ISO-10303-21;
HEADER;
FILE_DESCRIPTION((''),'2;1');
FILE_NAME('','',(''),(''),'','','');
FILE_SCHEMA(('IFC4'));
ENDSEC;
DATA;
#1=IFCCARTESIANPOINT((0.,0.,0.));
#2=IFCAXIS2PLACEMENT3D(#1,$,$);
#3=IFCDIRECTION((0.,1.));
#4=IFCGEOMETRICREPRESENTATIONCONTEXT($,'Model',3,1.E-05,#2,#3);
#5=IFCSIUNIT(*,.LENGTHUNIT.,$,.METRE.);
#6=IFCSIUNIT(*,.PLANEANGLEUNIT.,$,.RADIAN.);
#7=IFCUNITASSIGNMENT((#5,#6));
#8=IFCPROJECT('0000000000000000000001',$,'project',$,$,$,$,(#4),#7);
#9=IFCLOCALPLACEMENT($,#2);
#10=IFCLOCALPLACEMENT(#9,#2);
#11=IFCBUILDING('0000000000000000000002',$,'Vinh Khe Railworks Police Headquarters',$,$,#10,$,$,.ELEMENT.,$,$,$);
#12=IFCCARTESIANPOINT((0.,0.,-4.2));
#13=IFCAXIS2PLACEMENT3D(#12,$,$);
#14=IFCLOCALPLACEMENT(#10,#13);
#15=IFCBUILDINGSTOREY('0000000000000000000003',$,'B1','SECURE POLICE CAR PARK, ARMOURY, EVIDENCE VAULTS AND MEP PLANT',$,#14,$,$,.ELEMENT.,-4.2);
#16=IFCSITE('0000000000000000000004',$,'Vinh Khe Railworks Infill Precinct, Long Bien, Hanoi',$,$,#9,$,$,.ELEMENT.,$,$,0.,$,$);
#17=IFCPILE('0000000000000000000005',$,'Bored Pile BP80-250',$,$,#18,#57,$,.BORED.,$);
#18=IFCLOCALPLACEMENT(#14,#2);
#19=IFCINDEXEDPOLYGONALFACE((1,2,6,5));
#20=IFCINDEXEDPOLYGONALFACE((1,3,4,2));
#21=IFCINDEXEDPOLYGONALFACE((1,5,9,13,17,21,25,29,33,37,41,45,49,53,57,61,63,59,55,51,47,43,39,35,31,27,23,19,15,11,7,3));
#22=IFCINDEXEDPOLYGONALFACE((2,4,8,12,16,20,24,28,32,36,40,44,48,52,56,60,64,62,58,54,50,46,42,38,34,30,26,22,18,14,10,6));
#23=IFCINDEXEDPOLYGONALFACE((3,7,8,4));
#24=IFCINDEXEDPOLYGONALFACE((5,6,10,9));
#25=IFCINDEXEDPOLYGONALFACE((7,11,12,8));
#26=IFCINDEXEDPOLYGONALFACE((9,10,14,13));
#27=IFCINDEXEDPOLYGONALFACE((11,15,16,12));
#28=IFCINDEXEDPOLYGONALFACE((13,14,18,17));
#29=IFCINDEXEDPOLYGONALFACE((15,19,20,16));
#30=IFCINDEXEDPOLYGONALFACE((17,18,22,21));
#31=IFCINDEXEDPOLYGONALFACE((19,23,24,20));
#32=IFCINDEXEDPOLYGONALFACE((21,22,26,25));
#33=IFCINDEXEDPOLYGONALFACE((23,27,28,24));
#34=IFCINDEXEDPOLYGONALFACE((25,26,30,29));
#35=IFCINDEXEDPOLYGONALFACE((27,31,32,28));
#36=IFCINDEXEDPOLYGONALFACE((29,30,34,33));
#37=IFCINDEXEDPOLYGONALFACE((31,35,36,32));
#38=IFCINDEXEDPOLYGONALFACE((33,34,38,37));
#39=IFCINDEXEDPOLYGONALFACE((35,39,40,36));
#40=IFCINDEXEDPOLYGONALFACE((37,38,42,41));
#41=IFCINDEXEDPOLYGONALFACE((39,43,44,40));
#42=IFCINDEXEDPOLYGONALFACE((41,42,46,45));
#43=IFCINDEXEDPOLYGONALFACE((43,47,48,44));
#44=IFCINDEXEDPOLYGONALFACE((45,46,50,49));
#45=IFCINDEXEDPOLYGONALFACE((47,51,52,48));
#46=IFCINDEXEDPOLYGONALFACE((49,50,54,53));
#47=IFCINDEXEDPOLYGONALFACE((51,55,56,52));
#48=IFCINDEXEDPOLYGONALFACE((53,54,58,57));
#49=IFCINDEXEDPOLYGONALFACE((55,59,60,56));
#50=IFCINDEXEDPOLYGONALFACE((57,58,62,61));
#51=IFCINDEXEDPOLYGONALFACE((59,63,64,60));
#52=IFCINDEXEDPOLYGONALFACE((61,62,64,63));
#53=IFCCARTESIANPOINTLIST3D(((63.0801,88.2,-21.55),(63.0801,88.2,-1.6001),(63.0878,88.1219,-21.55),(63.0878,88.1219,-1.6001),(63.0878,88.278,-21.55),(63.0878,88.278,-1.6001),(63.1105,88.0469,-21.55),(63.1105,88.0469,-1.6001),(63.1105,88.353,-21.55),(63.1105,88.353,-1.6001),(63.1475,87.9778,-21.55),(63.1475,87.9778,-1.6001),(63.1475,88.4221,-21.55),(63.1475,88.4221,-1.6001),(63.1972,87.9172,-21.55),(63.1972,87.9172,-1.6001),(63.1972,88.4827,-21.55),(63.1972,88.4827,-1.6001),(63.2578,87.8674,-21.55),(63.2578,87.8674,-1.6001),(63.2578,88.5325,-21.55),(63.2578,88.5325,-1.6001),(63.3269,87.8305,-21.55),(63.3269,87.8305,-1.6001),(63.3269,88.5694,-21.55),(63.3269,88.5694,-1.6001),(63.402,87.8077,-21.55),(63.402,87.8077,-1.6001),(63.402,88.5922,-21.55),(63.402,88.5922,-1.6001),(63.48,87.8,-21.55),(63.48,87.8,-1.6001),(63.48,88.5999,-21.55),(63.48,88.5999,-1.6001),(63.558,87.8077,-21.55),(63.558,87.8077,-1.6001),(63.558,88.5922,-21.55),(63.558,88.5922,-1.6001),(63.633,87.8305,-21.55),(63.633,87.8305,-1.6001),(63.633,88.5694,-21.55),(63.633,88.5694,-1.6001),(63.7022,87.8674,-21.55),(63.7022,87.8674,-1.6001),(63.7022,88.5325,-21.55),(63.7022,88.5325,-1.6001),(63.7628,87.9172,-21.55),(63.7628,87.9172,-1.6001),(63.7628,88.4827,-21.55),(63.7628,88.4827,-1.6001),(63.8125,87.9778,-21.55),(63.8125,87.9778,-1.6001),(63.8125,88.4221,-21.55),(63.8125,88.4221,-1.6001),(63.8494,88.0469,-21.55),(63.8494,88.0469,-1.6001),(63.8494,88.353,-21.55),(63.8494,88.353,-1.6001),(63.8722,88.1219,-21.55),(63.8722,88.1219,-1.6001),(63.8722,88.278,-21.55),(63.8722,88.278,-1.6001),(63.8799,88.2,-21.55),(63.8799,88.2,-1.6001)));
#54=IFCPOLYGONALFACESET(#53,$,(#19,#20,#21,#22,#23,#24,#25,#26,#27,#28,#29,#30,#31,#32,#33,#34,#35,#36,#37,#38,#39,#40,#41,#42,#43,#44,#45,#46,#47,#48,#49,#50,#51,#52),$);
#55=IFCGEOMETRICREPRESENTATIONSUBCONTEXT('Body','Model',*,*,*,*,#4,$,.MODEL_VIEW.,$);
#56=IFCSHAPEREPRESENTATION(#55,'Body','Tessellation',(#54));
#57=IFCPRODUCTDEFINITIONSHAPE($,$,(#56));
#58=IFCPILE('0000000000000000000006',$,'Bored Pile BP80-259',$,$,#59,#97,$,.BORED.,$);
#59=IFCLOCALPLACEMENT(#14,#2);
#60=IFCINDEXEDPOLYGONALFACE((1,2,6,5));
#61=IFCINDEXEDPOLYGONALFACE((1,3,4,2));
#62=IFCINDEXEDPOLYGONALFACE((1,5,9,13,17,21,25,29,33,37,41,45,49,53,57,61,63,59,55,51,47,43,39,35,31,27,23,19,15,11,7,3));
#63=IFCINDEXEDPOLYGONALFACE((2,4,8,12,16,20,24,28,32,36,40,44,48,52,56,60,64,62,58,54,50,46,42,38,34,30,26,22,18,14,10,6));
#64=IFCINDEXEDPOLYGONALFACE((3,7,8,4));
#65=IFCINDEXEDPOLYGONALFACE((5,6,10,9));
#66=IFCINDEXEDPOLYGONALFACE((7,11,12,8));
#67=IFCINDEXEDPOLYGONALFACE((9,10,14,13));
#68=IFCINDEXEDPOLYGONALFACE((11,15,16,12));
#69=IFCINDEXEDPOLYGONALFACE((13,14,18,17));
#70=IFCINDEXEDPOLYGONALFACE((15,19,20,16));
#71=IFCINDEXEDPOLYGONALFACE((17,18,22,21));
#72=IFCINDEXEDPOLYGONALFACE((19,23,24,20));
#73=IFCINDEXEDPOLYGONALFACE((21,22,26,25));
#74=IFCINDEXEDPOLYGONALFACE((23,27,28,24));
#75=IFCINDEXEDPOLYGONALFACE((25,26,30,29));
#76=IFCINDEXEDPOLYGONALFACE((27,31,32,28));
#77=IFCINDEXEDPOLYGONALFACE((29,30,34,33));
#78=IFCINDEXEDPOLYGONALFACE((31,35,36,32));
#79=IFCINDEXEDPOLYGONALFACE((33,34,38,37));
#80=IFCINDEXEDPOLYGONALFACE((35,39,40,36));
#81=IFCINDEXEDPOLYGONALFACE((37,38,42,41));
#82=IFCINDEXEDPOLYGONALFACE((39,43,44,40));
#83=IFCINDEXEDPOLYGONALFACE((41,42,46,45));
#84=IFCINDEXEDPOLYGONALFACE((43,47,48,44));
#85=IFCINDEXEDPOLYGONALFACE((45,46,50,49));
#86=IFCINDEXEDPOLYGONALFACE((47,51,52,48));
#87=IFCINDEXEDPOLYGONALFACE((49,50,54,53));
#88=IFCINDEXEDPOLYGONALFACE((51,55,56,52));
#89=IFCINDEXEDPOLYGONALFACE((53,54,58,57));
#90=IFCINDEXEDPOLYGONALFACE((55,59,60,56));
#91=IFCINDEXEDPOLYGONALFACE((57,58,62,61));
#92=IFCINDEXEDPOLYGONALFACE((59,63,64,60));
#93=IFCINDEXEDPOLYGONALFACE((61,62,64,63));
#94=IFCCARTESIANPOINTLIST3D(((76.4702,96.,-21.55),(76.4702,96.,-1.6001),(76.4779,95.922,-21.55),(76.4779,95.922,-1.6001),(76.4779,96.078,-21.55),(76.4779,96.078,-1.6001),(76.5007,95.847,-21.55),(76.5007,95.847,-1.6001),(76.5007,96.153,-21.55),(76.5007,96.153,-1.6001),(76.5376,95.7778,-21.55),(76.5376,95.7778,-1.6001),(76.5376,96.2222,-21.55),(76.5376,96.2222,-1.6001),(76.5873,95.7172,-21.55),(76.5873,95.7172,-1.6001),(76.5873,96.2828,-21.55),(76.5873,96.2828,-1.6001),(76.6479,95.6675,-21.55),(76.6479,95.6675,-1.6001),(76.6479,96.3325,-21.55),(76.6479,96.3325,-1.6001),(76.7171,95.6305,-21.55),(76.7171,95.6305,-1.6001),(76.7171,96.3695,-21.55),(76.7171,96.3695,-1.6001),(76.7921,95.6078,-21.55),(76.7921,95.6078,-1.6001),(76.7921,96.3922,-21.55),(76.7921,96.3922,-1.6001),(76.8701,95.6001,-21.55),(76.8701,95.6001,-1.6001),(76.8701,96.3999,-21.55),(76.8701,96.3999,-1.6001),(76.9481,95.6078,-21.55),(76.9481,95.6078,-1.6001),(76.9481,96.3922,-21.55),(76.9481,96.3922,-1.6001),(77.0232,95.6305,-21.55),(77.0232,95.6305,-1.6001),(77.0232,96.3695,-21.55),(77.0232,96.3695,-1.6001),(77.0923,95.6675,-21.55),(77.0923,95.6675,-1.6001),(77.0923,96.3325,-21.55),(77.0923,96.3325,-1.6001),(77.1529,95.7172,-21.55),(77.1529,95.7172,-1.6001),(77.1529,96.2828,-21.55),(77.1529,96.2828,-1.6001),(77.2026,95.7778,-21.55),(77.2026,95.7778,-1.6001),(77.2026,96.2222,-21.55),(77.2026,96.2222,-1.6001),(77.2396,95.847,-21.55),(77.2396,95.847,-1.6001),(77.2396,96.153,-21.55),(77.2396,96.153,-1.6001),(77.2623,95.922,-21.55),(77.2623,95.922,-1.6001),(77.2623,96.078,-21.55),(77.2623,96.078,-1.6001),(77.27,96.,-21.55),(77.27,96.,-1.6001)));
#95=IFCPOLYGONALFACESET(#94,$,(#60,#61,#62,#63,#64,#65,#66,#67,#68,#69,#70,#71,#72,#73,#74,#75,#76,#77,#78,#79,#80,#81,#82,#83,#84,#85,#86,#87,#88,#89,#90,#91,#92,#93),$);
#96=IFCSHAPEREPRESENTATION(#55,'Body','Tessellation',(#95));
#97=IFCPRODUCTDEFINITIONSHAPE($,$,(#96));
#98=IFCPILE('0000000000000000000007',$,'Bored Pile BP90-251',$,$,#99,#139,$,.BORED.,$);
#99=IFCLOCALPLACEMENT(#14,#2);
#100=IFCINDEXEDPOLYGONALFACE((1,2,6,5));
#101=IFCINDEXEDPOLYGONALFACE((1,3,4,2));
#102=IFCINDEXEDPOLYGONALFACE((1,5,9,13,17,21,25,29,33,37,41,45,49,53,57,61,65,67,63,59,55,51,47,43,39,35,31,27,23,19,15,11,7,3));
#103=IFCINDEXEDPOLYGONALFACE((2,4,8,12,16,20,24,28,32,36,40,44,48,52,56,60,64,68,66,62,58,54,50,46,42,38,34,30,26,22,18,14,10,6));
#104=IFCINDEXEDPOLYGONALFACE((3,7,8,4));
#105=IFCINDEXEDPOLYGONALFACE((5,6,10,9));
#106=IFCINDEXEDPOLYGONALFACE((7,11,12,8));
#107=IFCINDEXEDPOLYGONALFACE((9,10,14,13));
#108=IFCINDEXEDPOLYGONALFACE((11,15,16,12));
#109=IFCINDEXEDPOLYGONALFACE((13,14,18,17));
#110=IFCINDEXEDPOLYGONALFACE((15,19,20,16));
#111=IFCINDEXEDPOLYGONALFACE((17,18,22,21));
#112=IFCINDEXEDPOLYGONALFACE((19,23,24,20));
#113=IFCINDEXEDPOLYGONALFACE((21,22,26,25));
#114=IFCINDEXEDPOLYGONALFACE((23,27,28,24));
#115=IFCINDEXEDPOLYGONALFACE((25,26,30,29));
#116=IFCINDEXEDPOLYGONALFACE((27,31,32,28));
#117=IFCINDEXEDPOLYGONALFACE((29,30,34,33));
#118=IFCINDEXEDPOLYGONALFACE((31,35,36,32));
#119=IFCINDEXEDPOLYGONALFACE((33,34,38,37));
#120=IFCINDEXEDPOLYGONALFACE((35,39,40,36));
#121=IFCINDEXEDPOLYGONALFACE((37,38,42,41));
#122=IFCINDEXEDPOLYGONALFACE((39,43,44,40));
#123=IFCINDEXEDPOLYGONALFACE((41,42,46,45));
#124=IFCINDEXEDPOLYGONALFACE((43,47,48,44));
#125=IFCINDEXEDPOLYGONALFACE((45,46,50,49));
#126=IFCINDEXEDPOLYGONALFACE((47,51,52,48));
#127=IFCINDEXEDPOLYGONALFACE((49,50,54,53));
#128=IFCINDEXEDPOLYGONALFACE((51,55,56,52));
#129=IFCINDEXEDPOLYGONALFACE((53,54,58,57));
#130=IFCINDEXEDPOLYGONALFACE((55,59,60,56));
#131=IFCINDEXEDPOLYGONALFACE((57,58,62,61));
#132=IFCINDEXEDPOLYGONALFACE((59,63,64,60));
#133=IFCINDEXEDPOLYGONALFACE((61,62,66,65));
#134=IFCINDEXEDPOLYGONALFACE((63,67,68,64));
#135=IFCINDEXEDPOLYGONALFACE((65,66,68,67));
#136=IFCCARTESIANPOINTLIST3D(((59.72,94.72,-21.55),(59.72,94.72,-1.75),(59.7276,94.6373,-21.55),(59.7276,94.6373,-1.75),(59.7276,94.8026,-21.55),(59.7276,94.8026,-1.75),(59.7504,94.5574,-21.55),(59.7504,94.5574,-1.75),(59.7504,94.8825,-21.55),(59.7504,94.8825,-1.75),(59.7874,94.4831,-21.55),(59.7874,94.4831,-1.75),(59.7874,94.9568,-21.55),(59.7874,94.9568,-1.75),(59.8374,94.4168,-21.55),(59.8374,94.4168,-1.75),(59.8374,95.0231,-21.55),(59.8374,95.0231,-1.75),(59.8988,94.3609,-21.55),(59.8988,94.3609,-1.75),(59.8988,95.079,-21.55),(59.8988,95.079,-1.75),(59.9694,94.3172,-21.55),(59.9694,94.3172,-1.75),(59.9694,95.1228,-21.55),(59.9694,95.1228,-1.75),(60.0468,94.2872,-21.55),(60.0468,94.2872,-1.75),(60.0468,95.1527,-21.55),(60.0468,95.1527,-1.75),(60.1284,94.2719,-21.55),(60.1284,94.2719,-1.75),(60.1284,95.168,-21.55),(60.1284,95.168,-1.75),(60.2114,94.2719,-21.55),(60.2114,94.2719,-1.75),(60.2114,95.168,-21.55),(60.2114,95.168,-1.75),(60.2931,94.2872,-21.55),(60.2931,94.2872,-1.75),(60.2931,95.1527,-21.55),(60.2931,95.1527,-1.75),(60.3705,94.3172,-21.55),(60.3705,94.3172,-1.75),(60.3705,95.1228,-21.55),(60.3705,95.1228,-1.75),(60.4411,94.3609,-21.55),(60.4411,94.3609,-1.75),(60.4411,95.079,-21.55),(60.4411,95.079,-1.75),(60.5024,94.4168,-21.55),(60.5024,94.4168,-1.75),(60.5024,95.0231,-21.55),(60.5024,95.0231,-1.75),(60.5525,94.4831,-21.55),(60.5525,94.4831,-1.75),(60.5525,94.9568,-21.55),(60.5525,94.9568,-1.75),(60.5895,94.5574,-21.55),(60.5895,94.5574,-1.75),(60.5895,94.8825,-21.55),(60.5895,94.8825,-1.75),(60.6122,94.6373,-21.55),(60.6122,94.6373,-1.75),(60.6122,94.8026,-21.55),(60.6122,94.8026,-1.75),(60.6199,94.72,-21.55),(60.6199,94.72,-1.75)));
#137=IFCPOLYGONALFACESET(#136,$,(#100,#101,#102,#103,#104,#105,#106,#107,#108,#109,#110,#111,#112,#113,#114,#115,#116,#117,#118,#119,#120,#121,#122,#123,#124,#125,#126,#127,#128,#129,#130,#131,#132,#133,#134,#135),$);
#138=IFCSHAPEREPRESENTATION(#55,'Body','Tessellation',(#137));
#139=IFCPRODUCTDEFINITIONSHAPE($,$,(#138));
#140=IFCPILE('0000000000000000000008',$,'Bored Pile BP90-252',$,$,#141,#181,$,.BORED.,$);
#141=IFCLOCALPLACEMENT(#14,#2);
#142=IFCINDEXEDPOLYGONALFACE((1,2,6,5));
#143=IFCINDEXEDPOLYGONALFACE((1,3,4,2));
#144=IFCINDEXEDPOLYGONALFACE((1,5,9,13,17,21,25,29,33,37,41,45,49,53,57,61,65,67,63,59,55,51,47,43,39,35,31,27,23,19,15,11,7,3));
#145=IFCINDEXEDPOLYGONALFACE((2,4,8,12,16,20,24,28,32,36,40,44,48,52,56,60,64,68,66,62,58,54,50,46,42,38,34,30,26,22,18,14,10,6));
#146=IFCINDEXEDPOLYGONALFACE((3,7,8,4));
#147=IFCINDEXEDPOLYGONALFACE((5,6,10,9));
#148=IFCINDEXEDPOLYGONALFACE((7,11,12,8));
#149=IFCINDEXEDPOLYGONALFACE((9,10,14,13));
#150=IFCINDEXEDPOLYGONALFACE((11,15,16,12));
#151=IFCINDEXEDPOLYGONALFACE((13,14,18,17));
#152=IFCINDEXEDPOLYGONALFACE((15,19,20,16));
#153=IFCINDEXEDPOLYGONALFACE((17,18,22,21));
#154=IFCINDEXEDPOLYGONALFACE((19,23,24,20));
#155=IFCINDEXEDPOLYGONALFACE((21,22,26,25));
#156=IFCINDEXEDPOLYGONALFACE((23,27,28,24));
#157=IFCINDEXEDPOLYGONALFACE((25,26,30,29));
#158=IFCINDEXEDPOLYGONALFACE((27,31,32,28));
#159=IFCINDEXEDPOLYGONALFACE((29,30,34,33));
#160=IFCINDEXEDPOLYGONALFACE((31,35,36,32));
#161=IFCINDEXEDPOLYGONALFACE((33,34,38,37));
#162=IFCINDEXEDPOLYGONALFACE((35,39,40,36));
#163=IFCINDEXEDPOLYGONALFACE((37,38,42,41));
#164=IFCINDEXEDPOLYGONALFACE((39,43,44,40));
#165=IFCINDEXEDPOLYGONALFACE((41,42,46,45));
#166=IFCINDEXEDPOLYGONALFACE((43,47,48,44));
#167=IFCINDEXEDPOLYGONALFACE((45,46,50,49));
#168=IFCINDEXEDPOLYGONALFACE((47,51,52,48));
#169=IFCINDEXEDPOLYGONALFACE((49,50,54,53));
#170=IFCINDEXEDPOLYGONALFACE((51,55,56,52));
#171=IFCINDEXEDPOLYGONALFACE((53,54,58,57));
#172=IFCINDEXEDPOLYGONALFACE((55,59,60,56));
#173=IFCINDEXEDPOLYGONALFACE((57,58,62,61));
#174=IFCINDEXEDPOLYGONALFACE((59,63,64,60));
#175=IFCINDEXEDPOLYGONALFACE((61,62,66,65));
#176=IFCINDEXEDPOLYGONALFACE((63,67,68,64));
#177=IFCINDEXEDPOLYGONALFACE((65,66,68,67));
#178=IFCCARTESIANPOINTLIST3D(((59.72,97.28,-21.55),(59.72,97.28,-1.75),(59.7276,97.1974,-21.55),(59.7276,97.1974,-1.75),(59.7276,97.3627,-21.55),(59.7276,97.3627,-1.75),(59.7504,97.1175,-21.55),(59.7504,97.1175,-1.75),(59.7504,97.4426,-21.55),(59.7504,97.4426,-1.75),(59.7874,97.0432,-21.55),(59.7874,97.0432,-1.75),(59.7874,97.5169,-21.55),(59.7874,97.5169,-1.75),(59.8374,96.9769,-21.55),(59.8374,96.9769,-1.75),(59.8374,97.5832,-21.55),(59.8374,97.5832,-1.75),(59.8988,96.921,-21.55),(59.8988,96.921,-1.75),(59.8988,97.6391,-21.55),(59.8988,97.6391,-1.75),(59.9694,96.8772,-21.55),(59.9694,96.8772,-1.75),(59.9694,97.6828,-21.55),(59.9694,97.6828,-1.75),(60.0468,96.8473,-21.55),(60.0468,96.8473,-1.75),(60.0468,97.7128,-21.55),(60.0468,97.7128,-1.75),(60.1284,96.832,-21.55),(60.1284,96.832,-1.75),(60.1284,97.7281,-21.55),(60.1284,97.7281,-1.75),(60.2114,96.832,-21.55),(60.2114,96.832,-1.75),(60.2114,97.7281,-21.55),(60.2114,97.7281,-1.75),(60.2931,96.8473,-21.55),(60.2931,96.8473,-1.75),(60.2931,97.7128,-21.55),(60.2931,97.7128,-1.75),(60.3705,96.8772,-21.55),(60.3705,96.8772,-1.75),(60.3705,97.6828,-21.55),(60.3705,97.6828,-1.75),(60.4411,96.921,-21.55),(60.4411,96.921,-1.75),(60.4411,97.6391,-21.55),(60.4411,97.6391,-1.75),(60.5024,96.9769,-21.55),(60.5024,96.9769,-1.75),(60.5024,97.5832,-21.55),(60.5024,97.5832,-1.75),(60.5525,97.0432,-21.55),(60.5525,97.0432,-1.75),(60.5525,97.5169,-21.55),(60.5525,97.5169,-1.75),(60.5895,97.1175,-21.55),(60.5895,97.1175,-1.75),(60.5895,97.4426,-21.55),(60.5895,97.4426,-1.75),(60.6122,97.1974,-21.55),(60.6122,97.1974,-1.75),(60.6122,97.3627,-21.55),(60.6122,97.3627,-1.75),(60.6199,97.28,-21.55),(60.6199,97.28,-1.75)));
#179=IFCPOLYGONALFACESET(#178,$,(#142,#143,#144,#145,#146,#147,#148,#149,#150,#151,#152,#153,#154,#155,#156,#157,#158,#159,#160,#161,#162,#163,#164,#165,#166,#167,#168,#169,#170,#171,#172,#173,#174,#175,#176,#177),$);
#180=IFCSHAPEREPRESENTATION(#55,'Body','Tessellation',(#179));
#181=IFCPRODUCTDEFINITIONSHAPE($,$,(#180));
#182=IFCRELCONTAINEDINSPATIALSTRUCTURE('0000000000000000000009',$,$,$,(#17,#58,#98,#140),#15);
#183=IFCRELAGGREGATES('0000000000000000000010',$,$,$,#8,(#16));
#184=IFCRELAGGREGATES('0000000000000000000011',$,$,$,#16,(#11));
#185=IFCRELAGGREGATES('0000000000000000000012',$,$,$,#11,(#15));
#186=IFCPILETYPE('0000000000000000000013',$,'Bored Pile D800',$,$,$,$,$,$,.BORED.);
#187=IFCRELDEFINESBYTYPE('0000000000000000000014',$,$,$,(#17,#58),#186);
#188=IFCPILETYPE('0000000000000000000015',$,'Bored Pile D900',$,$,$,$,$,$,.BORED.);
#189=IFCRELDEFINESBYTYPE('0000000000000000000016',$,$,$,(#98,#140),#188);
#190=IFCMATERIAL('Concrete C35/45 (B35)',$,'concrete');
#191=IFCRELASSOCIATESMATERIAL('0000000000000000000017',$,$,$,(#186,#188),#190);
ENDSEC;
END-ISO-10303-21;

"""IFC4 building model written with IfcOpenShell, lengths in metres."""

from ifc_helpers import new_model, si_unit, direction, frame, origin, origin_2d, place, context, subcontext, project, spatial, circle, extrude, material, material_profile, profile_set, type_object, element, save


model = new_model("IFC4")

# Units and contexts
model_context = context("Model", 3, precision=1e-05, world=origin(), true_north=direction((0.0, 1.0)))
body_context = subcontext(model_context, "Body", "Model", "MODEL_VIEW")
ifc_project = project(units=[si_unit("LENGTHUNIT", "METRE"), si_unit("PLANEANGLEUNIT", "RADIAN")], contexts=[model_context])

# Site, building, storey
site_placement = place(None, origin())
site = spatial("IfcSite", under=ifc_project, at=site_placement, Name="Vinh Khe Railworks Infill Precinct, Long Bien, Hanoi", CompositionType="ELEMENT", RefElevation=0.0)
building_placement = place(site_placement, origin())
building = spatial("IfcBuilding", under=site, at=building_placement, Name="Vinh Khe Railworks Police Headquarters", CompositionType="ELEMENT")
storey_placement = place(building_placement, frame((0.0, 0.0, -4.2)))
storey = spatial("IfcBuildingStorey", under=building, at=storey_placement, Name="B1", Description="SECURE POLICE CAR PARK, ARMOURY, EVIDENCE VAULTS AND MEP PLANT", CompositionType="ELEMENT", Elevation=-4.2)

# Piles
ifc_material_1 = material(Name="Concrete C35/45 (B35)", Category="concrete")
ifc_material_profile_1 = material_profile(ifc_material_1, circle(Radius=0.3999, at=origin_2d()), Name="BORED PILE D800")
ifc_profile_set_1 = profile_set([ifc_material_profile_1], Name="Concrete C35/45 (B35)")
pile_type_1 = type_object("IfcPileType", Name="Bored Pile D800", PredefinedType="BORED", material=ifc_profile_set_1)
for number, where, z_axis, x_axis, name in (
    (1, (63.48, 88.2, -1.6001), (0.0, 0.0, -1.0), (1.0, 0.0, 0.0), "Bored Pile BP80-250"),
    (2, (76.8701, 96.0, -1.6001), (0.0, 0.0, -1.0), (1.0, 0.0, 0.0), "Bored Pile BP80-259"),
):
    element("IfcPile", number, at=place(storey_placement, frame(where, z_axis=z_axis, x_axis=x_axis)), inside=storey, type_object=pile_type_1, Name=name, PredefinedType="BORED", context=body_context, shape_type="SweptSolid", body=[
        extrude(circle(Radius=0.3999, at=origin_2d()), origin(), (0.0, 0.0, 1.0), 19.95),
    ])
ifc_material_profile_2 = material_profile(ifc_material_1, circle(Radius=0.45, at=origin_2d()), Name="BORED PILE D900")
ifc_profile_set_2 = profile_set([ifc_material_profile_2], Name="Concrete C35/45 (B35)")
pile_type_2 = type_object("IfcPileType", Name="Bored Pile D900", PredefinedType="BORED", material=ifc_profile_set_2)
for number, where, z_axis, x_axis, name in (
    (3, (60.1699, 94.72, -1.75), (0.0, 0.0, -1.0), (1.0, 0.0, 0.0), "Bored Pile BP90-251"),
    (4, (60.1699, 97.28, -1.75), (0.0, 0.0, -1.0), (1.0, 0.0, 0.0), "Bored Pile BP90-252"),
):
    element("IfcPile", number, at=place(storey_placement, frame(where, z_axis=z_axis, x_axis=x_axis)), inside=storey, type_object=pile_type_2, Name=name, PredefinedType="BORED", context=body_context, shape_type="SweptSolid", body=[
        extrude(circle(Radius=0.45, at=origin_2d()), origin(), (0.0, 0.0, 1.0), 19.8),
    ])

save(model, "model.ifc")
